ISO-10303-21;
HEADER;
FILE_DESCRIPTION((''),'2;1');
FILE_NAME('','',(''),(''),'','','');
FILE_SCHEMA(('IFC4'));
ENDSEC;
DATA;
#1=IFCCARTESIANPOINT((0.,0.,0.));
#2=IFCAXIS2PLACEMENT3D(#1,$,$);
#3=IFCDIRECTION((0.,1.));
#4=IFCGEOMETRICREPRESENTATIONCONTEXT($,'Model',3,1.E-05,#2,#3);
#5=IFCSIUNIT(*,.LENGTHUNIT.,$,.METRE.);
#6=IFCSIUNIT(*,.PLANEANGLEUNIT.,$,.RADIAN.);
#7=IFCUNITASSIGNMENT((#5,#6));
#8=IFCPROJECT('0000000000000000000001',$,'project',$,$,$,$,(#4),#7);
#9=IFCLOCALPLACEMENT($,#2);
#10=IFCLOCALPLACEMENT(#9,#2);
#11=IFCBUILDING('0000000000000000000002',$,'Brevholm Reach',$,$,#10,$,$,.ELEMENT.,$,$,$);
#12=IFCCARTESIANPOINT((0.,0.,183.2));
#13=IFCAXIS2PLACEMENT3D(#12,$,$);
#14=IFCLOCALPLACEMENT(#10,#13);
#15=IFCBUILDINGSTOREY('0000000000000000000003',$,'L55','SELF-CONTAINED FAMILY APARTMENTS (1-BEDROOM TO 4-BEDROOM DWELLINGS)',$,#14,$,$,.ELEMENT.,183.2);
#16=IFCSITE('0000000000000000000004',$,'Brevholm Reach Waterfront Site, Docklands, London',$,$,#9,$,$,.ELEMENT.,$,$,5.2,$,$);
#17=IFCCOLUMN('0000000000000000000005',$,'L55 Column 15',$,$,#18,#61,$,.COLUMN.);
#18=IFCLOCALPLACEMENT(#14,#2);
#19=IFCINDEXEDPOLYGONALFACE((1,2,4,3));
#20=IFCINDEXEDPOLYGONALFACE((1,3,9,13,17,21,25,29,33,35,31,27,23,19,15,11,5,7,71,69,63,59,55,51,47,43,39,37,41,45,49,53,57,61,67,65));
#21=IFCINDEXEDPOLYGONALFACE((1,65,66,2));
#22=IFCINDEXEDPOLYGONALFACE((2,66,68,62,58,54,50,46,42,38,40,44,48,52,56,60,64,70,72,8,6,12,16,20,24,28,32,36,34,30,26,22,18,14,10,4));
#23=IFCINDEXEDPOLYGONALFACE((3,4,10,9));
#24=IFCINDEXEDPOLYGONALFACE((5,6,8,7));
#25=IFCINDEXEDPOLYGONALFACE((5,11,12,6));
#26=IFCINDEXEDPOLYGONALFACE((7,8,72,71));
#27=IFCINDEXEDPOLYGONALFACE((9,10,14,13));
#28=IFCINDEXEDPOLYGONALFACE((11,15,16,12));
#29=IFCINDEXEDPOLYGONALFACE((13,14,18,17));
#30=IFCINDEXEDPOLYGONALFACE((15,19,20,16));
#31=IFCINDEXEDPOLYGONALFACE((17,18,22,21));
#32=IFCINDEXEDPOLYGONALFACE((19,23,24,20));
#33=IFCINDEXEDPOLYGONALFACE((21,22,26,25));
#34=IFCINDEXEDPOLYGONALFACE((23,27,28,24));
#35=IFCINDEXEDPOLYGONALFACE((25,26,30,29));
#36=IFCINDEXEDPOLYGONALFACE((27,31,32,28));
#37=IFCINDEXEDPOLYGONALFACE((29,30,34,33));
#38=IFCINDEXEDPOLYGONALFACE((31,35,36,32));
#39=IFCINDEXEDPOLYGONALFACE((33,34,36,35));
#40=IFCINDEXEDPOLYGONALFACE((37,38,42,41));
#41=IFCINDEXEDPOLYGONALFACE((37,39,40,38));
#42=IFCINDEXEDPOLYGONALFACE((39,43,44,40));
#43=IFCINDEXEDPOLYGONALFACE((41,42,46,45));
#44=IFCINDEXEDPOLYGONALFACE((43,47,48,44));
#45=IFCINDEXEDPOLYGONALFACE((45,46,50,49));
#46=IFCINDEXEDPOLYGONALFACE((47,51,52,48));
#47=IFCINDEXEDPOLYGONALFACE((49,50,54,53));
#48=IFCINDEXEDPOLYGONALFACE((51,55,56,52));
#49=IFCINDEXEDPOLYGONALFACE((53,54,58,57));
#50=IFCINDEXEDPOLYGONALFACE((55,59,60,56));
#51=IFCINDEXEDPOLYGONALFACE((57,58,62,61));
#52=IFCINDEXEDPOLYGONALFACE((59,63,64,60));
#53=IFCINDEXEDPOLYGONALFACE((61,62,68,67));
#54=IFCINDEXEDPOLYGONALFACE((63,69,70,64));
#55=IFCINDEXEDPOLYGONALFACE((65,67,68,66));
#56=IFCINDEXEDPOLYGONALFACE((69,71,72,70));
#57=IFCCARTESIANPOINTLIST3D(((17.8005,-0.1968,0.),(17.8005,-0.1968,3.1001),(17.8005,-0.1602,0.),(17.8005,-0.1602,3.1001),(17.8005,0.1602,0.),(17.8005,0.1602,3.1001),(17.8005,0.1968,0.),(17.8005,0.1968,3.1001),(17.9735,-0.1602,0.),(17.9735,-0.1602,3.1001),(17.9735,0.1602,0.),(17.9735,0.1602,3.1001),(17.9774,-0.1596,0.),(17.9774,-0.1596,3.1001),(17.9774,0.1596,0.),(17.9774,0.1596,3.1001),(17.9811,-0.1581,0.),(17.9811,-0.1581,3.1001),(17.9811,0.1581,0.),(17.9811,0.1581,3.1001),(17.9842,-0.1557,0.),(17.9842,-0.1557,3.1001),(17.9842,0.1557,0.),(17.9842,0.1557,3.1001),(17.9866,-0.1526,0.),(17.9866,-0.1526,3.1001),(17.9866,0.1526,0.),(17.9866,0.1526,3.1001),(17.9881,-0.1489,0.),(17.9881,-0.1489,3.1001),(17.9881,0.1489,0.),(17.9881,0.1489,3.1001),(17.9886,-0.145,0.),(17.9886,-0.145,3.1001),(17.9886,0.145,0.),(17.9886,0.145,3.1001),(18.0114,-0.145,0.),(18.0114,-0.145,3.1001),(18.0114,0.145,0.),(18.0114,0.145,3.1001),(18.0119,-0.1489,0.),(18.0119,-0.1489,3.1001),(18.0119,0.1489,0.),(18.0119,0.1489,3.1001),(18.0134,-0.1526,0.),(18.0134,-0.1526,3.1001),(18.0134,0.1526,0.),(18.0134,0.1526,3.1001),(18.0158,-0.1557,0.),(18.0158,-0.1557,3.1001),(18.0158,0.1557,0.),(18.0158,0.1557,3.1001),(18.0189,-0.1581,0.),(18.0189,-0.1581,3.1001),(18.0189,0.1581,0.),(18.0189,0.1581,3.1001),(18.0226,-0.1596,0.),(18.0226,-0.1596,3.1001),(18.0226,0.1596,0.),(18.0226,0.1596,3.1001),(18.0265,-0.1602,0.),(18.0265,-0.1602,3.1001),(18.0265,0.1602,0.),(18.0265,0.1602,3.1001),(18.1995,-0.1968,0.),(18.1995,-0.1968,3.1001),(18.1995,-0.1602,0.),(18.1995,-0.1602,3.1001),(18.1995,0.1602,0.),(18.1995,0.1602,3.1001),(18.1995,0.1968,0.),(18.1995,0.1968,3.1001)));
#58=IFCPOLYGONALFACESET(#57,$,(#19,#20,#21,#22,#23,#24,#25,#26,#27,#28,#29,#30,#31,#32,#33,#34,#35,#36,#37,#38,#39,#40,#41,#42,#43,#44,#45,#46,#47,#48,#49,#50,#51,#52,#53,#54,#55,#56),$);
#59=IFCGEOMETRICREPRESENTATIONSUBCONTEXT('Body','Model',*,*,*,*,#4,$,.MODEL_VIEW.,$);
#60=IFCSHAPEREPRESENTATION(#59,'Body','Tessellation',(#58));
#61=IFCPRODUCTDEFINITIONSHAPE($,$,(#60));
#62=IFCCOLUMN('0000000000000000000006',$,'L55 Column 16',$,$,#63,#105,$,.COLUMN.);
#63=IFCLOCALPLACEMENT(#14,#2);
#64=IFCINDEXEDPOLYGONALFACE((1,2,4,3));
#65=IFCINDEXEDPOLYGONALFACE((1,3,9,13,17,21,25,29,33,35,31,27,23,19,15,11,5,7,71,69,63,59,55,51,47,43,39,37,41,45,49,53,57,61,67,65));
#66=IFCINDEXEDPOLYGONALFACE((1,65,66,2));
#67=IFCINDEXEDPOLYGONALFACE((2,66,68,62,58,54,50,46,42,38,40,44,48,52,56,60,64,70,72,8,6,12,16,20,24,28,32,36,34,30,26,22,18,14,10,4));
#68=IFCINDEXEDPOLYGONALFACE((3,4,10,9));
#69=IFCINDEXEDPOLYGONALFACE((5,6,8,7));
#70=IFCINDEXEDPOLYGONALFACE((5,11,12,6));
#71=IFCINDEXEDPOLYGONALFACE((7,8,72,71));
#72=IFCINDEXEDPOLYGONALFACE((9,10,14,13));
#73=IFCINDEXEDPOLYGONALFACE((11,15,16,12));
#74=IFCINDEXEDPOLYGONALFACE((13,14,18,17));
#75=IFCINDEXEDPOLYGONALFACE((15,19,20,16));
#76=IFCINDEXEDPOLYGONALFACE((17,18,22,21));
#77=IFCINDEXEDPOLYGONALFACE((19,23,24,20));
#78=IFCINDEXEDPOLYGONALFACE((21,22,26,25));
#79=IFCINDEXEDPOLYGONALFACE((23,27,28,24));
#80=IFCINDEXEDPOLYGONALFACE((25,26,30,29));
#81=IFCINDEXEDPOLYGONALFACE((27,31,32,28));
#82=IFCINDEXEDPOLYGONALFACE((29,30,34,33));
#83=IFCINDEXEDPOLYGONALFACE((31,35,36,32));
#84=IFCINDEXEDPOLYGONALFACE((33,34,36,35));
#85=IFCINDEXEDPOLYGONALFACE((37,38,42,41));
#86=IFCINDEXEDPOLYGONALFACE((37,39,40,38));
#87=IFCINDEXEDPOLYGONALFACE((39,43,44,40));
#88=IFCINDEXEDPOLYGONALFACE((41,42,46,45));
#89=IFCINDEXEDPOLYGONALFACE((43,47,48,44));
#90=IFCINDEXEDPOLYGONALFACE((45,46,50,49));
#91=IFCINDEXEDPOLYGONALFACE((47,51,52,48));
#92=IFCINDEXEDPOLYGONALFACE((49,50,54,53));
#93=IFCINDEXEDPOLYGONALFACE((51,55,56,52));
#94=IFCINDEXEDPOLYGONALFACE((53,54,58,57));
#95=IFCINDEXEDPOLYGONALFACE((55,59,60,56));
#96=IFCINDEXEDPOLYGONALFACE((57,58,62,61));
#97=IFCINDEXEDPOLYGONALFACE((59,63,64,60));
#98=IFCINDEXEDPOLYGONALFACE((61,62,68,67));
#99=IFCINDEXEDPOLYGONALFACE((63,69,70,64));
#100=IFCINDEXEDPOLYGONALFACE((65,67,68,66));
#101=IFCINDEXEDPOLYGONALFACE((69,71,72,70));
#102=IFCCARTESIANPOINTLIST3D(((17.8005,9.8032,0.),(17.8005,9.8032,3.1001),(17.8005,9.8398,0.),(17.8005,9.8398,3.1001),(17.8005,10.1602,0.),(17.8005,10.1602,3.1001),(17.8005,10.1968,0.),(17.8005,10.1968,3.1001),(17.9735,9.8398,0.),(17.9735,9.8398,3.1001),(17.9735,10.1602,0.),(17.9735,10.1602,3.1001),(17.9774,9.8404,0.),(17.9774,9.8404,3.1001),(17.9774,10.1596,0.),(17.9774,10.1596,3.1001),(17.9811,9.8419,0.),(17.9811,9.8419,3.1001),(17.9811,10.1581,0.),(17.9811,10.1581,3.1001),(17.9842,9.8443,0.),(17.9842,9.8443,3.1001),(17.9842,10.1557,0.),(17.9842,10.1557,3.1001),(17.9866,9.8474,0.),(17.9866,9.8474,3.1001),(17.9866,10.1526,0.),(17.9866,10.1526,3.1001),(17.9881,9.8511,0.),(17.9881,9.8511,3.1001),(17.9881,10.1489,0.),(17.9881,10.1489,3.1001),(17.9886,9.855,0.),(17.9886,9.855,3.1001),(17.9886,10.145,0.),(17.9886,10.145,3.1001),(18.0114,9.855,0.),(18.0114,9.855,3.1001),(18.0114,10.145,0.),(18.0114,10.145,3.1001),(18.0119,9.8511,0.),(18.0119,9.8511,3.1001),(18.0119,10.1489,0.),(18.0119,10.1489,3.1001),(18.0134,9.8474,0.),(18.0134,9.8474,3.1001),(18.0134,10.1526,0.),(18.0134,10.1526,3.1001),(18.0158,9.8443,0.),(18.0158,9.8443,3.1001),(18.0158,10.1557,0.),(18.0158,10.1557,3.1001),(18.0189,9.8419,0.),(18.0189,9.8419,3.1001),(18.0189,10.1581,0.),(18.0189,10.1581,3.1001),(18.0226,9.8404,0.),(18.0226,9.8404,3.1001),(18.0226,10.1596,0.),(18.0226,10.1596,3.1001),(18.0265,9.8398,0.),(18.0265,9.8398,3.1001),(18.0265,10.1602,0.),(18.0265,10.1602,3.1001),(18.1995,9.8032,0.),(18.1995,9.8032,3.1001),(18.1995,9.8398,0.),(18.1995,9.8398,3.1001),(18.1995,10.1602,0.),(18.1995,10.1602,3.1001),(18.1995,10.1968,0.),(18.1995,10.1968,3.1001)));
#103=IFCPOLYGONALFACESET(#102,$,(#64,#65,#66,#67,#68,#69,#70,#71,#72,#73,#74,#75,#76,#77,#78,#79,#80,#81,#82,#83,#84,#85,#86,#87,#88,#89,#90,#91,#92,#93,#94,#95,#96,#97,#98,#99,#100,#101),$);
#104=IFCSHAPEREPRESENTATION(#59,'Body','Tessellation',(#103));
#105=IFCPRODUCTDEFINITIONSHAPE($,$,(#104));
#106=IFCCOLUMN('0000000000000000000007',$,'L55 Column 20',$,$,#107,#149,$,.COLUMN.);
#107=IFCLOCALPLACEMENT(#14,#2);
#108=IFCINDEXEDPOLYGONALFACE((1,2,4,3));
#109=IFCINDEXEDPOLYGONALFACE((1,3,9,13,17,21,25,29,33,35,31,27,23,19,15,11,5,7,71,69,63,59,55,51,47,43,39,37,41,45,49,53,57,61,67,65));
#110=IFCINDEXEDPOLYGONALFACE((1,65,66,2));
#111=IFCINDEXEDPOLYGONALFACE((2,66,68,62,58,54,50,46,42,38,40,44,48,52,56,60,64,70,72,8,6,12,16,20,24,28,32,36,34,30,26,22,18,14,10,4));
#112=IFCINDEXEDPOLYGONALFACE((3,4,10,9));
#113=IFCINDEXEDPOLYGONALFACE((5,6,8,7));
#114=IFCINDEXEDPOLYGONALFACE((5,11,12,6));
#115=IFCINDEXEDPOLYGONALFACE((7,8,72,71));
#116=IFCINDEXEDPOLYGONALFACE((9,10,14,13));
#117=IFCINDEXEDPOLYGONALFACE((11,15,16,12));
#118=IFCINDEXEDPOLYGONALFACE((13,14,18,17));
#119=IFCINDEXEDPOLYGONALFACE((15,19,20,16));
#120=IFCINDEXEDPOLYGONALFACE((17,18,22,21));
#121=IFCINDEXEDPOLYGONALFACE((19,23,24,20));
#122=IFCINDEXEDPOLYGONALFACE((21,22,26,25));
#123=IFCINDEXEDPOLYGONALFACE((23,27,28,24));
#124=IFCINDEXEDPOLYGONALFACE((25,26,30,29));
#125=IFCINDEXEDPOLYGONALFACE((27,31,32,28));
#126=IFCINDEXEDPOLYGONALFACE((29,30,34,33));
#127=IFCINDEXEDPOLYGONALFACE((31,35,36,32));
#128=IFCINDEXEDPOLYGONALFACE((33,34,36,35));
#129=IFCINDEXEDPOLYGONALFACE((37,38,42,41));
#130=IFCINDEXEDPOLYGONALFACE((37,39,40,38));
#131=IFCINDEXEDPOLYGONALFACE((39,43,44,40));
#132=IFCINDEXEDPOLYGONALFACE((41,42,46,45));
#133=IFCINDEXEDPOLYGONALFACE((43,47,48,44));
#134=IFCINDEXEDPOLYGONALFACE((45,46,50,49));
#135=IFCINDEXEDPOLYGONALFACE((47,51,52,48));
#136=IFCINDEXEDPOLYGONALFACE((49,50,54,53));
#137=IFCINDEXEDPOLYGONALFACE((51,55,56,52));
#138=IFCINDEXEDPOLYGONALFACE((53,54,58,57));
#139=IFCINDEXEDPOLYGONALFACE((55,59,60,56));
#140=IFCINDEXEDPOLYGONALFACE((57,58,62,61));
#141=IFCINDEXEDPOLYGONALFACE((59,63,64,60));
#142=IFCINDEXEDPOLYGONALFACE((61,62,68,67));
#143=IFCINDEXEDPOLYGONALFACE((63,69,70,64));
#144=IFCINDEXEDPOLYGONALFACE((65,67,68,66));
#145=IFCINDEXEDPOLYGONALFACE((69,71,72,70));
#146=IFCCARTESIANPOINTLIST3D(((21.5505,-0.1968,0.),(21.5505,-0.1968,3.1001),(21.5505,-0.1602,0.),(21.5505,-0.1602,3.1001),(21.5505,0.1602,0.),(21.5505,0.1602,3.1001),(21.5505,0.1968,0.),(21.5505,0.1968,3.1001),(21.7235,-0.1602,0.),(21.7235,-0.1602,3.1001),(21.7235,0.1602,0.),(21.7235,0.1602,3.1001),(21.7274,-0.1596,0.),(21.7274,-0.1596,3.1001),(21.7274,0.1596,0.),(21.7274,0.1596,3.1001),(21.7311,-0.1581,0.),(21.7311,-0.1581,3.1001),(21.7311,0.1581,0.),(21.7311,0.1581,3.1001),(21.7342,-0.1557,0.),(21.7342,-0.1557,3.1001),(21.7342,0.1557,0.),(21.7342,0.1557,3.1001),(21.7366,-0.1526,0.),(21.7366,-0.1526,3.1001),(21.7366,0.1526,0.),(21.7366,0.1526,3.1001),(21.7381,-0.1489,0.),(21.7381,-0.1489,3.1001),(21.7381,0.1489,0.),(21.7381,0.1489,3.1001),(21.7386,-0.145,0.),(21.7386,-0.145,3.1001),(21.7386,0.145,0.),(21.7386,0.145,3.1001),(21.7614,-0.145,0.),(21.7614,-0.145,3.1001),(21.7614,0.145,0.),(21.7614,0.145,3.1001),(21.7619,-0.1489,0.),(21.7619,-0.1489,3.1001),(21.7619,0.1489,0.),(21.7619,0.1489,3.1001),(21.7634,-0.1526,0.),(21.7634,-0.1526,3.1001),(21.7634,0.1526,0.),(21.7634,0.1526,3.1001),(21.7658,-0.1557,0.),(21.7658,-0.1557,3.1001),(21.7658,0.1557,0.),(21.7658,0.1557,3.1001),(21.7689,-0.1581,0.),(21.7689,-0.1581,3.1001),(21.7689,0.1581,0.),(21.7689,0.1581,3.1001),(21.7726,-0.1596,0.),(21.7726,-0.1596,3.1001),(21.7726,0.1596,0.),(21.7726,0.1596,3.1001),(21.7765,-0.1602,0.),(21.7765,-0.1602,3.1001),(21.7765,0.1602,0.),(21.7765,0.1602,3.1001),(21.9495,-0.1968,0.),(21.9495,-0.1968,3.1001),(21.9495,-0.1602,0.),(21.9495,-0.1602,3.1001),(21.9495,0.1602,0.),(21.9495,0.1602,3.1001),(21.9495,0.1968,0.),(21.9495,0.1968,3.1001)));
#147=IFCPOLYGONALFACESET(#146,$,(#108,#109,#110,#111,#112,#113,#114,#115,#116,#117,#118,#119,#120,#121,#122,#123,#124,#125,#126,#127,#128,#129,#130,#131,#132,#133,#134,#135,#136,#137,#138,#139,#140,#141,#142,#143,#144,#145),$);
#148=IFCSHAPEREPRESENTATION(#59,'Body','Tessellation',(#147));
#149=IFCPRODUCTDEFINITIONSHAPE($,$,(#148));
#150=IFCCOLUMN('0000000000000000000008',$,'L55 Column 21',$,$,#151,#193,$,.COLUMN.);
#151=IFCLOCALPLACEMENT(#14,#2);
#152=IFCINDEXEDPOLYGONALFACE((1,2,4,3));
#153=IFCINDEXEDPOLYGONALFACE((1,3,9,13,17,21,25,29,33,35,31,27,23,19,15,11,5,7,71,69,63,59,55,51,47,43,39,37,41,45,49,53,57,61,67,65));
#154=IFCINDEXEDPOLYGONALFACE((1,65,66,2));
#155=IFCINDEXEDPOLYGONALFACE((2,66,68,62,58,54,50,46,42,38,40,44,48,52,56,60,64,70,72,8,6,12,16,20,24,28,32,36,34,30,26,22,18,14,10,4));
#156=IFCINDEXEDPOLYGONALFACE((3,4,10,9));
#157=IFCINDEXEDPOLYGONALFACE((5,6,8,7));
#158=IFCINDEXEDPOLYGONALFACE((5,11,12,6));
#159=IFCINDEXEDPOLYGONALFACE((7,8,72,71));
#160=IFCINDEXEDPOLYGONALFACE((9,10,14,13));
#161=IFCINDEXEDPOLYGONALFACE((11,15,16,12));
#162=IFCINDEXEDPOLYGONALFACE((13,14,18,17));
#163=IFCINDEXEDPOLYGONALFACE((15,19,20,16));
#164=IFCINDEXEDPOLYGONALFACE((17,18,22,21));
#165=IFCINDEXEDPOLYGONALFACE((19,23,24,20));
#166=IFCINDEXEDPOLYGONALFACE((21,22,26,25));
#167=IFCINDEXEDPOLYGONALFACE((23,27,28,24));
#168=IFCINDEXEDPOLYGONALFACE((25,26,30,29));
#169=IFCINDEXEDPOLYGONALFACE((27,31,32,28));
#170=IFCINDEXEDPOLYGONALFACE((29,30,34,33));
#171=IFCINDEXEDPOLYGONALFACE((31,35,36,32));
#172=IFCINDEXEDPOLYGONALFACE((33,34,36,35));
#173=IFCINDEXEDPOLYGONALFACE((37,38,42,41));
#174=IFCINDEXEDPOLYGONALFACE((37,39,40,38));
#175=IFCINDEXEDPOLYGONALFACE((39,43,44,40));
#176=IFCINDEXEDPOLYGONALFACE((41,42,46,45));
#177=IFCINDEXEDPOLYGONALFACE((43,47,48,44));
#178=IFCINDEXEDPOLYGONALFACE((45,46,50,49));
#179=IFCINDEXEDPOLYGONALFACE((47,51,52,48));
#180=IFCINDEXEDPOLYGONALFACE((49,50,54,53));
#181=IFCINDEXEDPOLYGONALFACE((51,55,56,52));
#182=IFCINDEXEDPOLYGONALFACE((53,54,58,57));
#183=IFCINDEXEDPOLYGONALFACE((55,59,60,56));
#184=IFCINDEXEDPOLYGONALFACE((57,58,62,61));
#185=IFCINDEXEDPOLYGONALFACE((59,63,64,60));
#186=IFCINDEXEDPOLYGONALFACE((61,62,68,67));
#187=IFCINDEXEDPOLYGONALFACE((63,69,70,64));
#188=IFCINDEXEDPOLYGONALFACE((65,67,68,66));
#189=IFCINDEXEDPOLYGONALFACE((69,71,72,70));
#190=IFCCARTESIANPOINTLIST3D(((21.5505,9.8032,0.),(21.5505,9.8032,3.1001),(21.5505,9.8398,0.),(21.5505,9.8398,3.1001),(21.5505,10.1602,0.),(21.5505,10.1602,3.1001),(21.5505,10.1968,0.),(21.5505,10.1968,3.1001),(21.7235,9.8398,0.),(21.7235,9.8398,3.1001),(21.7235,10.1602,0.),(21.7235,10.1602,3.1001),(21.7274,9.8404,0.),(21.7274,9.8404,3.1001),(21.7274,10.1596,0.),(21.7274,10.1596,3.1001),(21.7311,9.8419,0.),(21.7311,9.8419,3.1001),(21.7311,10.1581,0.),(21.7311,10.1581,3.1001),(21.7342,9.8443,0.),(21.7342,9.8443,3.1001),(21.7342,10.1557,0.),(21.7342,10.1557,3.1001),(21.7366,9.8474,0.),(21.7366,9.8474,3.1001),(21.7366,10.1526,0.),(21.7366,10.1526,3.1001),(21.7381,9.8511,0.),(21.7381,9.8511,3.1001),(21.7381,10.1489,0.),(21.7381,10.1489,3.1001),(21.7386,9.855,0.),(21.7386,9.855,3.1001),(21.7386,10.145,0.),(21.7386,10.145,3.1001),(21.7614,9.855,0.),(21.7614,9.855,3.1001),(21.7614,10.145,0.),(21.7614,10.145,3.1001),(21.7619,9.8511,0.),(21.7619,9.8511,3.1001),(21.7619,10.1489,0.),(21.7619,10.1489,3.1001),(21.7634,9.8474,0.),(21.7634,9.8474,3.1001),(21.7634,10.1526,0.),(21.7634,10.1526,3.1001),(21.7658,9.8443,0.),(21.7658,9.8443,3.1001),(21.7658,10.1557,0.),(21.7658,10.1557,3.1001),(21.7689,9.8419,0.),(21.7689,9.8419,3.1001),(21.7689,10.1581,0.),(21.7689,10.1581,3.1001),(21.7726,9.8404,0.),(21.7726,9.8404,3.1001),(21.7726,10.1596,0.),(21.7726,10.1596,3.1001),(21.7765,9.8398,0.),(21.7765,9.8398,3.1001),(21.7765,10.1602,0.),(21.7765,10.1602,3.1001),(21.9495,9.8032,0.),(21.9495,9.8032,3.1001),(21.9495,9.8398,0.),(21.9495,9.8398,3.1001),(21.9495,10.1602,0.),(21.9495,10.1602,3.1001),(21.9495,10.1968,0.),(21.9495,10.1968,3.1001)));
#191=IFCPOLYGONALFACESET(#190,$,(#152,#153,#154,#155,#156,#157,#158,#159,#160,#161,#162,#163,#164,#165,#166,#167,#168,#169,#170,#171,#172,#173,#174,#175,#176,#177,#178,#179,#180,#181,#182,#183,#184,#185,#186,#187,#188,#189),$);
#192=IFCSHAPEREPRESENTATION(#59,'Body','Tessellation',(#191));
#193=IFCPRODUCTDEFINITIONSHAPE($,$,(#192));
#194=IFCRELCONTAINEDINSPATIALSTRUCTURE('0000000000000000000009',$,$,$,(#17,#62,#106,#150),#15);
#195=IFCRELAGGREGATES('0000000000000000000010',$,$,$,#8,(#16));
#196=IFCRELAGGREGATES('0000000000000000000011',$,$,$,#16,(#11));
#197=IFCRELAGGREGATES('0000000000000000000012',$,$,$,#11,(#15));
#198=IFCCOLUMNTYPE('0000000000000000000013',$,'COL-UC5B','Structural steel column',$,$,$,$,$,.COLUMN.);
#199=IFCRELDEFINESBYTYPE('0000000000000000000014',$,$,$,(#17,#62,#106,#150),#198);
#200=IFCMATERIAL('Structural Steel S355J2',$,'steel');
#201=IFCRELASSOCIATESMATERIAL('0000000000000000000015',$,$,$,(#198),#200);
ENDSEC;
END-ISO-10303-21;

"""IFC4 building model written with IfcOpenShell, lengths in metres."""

from ifc_helpers import new_model, si_unit, direction, frame, origin, origin_2d, place, context, subcontext, project, spatial, i_section, extrude, material, material_profile, profile_set, type_object, element, save


model = new_model("IFC4")

# Units and contexts
model_context = context("Model", 3, precision=1e-05, world=origin(), true_north=direction((0.0, 1.0)))
body_context = subcontext(model_context, "Body", "Model", "MODEL_VIEW")
ifc_project = project(units=[si_unit("LENGTHUNIT", "METRE"), si_unit("PLANEANGLEUNIT", "RADIAN")], contexts=[model_context])

# Site, building, storey
site_placement = place(None, origin())
site = spatial("IfcSite", under=ifc_project, at=site_placement, Name="Brevholm Reach Waterfront Site, Docklands, London", CompositionType="ELEMENT", RefElevation=5.2)
building_placement = place(site_placement, origin())
building = spatial("IfcBuilding", under=site, at=building_placement, Name="Brevholm Reach", CompositionType="ELEMENT")
storey_placement = place(building_placement, frame((0.0, 0.0, 183.2)))
storey = spatial("IfcBuildingStorey", under=building, at=storey_placement, Name="L55", Description="SELF-CONTAINED FAMILY APARTMENTS (1-BEDROOM TO 4-BEDROOM DWELLINGS)", CompositionType="ELEMENT", Elevation=183.2)

# Columns
ifc_material_1 = material(Name="Structural Steel S355J2", Category="steel")
ifc_material_profile_1 = material_profile(ifc_material_1, i_section(OverallWidth=0.3989, OverallDepth=0.3936, WebThickness=0.0227, FlangeThickness=0.0366, FilletRadius=0.0151, at=origin_2d()), Name="UKC 356x406x287")
ifc_profile_set_1 = profile_set([ifc_material_profile_1], Name="Structural Steel S355J2")
column_type = type_object("IfcColumnType", Name="COL-UC5B", Description="Structural steel column", PredefinedType="COLUMN", material=ifc_profile_set_1)
for number, where, z_axis, x_axis, name in (
    (1, (18.0, 0.0, 0.0), (0.0, 0.0, 1.0), (1.0, 0.0, 0.0), "L55 Column 15"),
    (2, (18.0, 10.0, 0.0), (0.0, 0.0, 1.0), (1.0, 0.0, 0.0), "L55 Column 16"),
    (3, (21.75, 0.0, 0.0), (0.0, 0.0, 1.0), (1.0, 0.0, 0.0), "L55 Column 20"),
    (4, (21.75, 10.0, 0.0), (0.0, 0.0, 1.0), (1.0, 0.0, 0.0), "L55 Column 21"),
):
    element("IfcColumn", number, at=place(storey_placement, frame(where, z_axis=z_axis, x_axis=x_axis)), inside=storey, type_object=column_type, Name=name, PredefinedType="COLUMN", context=body_context, shape_type="SweptSolid", body=[
        extrude(i_section(OverallWidth=0.3989, OverallDepth=0.3936, WebThickness=0.0227, FlangeThickness=0.0366, FilletRadius=0.0151, at=origin_2d()), origin(), (0.0, 0.0, 1.0), 3.1001),
    ])

save(model, "model.ifc")
